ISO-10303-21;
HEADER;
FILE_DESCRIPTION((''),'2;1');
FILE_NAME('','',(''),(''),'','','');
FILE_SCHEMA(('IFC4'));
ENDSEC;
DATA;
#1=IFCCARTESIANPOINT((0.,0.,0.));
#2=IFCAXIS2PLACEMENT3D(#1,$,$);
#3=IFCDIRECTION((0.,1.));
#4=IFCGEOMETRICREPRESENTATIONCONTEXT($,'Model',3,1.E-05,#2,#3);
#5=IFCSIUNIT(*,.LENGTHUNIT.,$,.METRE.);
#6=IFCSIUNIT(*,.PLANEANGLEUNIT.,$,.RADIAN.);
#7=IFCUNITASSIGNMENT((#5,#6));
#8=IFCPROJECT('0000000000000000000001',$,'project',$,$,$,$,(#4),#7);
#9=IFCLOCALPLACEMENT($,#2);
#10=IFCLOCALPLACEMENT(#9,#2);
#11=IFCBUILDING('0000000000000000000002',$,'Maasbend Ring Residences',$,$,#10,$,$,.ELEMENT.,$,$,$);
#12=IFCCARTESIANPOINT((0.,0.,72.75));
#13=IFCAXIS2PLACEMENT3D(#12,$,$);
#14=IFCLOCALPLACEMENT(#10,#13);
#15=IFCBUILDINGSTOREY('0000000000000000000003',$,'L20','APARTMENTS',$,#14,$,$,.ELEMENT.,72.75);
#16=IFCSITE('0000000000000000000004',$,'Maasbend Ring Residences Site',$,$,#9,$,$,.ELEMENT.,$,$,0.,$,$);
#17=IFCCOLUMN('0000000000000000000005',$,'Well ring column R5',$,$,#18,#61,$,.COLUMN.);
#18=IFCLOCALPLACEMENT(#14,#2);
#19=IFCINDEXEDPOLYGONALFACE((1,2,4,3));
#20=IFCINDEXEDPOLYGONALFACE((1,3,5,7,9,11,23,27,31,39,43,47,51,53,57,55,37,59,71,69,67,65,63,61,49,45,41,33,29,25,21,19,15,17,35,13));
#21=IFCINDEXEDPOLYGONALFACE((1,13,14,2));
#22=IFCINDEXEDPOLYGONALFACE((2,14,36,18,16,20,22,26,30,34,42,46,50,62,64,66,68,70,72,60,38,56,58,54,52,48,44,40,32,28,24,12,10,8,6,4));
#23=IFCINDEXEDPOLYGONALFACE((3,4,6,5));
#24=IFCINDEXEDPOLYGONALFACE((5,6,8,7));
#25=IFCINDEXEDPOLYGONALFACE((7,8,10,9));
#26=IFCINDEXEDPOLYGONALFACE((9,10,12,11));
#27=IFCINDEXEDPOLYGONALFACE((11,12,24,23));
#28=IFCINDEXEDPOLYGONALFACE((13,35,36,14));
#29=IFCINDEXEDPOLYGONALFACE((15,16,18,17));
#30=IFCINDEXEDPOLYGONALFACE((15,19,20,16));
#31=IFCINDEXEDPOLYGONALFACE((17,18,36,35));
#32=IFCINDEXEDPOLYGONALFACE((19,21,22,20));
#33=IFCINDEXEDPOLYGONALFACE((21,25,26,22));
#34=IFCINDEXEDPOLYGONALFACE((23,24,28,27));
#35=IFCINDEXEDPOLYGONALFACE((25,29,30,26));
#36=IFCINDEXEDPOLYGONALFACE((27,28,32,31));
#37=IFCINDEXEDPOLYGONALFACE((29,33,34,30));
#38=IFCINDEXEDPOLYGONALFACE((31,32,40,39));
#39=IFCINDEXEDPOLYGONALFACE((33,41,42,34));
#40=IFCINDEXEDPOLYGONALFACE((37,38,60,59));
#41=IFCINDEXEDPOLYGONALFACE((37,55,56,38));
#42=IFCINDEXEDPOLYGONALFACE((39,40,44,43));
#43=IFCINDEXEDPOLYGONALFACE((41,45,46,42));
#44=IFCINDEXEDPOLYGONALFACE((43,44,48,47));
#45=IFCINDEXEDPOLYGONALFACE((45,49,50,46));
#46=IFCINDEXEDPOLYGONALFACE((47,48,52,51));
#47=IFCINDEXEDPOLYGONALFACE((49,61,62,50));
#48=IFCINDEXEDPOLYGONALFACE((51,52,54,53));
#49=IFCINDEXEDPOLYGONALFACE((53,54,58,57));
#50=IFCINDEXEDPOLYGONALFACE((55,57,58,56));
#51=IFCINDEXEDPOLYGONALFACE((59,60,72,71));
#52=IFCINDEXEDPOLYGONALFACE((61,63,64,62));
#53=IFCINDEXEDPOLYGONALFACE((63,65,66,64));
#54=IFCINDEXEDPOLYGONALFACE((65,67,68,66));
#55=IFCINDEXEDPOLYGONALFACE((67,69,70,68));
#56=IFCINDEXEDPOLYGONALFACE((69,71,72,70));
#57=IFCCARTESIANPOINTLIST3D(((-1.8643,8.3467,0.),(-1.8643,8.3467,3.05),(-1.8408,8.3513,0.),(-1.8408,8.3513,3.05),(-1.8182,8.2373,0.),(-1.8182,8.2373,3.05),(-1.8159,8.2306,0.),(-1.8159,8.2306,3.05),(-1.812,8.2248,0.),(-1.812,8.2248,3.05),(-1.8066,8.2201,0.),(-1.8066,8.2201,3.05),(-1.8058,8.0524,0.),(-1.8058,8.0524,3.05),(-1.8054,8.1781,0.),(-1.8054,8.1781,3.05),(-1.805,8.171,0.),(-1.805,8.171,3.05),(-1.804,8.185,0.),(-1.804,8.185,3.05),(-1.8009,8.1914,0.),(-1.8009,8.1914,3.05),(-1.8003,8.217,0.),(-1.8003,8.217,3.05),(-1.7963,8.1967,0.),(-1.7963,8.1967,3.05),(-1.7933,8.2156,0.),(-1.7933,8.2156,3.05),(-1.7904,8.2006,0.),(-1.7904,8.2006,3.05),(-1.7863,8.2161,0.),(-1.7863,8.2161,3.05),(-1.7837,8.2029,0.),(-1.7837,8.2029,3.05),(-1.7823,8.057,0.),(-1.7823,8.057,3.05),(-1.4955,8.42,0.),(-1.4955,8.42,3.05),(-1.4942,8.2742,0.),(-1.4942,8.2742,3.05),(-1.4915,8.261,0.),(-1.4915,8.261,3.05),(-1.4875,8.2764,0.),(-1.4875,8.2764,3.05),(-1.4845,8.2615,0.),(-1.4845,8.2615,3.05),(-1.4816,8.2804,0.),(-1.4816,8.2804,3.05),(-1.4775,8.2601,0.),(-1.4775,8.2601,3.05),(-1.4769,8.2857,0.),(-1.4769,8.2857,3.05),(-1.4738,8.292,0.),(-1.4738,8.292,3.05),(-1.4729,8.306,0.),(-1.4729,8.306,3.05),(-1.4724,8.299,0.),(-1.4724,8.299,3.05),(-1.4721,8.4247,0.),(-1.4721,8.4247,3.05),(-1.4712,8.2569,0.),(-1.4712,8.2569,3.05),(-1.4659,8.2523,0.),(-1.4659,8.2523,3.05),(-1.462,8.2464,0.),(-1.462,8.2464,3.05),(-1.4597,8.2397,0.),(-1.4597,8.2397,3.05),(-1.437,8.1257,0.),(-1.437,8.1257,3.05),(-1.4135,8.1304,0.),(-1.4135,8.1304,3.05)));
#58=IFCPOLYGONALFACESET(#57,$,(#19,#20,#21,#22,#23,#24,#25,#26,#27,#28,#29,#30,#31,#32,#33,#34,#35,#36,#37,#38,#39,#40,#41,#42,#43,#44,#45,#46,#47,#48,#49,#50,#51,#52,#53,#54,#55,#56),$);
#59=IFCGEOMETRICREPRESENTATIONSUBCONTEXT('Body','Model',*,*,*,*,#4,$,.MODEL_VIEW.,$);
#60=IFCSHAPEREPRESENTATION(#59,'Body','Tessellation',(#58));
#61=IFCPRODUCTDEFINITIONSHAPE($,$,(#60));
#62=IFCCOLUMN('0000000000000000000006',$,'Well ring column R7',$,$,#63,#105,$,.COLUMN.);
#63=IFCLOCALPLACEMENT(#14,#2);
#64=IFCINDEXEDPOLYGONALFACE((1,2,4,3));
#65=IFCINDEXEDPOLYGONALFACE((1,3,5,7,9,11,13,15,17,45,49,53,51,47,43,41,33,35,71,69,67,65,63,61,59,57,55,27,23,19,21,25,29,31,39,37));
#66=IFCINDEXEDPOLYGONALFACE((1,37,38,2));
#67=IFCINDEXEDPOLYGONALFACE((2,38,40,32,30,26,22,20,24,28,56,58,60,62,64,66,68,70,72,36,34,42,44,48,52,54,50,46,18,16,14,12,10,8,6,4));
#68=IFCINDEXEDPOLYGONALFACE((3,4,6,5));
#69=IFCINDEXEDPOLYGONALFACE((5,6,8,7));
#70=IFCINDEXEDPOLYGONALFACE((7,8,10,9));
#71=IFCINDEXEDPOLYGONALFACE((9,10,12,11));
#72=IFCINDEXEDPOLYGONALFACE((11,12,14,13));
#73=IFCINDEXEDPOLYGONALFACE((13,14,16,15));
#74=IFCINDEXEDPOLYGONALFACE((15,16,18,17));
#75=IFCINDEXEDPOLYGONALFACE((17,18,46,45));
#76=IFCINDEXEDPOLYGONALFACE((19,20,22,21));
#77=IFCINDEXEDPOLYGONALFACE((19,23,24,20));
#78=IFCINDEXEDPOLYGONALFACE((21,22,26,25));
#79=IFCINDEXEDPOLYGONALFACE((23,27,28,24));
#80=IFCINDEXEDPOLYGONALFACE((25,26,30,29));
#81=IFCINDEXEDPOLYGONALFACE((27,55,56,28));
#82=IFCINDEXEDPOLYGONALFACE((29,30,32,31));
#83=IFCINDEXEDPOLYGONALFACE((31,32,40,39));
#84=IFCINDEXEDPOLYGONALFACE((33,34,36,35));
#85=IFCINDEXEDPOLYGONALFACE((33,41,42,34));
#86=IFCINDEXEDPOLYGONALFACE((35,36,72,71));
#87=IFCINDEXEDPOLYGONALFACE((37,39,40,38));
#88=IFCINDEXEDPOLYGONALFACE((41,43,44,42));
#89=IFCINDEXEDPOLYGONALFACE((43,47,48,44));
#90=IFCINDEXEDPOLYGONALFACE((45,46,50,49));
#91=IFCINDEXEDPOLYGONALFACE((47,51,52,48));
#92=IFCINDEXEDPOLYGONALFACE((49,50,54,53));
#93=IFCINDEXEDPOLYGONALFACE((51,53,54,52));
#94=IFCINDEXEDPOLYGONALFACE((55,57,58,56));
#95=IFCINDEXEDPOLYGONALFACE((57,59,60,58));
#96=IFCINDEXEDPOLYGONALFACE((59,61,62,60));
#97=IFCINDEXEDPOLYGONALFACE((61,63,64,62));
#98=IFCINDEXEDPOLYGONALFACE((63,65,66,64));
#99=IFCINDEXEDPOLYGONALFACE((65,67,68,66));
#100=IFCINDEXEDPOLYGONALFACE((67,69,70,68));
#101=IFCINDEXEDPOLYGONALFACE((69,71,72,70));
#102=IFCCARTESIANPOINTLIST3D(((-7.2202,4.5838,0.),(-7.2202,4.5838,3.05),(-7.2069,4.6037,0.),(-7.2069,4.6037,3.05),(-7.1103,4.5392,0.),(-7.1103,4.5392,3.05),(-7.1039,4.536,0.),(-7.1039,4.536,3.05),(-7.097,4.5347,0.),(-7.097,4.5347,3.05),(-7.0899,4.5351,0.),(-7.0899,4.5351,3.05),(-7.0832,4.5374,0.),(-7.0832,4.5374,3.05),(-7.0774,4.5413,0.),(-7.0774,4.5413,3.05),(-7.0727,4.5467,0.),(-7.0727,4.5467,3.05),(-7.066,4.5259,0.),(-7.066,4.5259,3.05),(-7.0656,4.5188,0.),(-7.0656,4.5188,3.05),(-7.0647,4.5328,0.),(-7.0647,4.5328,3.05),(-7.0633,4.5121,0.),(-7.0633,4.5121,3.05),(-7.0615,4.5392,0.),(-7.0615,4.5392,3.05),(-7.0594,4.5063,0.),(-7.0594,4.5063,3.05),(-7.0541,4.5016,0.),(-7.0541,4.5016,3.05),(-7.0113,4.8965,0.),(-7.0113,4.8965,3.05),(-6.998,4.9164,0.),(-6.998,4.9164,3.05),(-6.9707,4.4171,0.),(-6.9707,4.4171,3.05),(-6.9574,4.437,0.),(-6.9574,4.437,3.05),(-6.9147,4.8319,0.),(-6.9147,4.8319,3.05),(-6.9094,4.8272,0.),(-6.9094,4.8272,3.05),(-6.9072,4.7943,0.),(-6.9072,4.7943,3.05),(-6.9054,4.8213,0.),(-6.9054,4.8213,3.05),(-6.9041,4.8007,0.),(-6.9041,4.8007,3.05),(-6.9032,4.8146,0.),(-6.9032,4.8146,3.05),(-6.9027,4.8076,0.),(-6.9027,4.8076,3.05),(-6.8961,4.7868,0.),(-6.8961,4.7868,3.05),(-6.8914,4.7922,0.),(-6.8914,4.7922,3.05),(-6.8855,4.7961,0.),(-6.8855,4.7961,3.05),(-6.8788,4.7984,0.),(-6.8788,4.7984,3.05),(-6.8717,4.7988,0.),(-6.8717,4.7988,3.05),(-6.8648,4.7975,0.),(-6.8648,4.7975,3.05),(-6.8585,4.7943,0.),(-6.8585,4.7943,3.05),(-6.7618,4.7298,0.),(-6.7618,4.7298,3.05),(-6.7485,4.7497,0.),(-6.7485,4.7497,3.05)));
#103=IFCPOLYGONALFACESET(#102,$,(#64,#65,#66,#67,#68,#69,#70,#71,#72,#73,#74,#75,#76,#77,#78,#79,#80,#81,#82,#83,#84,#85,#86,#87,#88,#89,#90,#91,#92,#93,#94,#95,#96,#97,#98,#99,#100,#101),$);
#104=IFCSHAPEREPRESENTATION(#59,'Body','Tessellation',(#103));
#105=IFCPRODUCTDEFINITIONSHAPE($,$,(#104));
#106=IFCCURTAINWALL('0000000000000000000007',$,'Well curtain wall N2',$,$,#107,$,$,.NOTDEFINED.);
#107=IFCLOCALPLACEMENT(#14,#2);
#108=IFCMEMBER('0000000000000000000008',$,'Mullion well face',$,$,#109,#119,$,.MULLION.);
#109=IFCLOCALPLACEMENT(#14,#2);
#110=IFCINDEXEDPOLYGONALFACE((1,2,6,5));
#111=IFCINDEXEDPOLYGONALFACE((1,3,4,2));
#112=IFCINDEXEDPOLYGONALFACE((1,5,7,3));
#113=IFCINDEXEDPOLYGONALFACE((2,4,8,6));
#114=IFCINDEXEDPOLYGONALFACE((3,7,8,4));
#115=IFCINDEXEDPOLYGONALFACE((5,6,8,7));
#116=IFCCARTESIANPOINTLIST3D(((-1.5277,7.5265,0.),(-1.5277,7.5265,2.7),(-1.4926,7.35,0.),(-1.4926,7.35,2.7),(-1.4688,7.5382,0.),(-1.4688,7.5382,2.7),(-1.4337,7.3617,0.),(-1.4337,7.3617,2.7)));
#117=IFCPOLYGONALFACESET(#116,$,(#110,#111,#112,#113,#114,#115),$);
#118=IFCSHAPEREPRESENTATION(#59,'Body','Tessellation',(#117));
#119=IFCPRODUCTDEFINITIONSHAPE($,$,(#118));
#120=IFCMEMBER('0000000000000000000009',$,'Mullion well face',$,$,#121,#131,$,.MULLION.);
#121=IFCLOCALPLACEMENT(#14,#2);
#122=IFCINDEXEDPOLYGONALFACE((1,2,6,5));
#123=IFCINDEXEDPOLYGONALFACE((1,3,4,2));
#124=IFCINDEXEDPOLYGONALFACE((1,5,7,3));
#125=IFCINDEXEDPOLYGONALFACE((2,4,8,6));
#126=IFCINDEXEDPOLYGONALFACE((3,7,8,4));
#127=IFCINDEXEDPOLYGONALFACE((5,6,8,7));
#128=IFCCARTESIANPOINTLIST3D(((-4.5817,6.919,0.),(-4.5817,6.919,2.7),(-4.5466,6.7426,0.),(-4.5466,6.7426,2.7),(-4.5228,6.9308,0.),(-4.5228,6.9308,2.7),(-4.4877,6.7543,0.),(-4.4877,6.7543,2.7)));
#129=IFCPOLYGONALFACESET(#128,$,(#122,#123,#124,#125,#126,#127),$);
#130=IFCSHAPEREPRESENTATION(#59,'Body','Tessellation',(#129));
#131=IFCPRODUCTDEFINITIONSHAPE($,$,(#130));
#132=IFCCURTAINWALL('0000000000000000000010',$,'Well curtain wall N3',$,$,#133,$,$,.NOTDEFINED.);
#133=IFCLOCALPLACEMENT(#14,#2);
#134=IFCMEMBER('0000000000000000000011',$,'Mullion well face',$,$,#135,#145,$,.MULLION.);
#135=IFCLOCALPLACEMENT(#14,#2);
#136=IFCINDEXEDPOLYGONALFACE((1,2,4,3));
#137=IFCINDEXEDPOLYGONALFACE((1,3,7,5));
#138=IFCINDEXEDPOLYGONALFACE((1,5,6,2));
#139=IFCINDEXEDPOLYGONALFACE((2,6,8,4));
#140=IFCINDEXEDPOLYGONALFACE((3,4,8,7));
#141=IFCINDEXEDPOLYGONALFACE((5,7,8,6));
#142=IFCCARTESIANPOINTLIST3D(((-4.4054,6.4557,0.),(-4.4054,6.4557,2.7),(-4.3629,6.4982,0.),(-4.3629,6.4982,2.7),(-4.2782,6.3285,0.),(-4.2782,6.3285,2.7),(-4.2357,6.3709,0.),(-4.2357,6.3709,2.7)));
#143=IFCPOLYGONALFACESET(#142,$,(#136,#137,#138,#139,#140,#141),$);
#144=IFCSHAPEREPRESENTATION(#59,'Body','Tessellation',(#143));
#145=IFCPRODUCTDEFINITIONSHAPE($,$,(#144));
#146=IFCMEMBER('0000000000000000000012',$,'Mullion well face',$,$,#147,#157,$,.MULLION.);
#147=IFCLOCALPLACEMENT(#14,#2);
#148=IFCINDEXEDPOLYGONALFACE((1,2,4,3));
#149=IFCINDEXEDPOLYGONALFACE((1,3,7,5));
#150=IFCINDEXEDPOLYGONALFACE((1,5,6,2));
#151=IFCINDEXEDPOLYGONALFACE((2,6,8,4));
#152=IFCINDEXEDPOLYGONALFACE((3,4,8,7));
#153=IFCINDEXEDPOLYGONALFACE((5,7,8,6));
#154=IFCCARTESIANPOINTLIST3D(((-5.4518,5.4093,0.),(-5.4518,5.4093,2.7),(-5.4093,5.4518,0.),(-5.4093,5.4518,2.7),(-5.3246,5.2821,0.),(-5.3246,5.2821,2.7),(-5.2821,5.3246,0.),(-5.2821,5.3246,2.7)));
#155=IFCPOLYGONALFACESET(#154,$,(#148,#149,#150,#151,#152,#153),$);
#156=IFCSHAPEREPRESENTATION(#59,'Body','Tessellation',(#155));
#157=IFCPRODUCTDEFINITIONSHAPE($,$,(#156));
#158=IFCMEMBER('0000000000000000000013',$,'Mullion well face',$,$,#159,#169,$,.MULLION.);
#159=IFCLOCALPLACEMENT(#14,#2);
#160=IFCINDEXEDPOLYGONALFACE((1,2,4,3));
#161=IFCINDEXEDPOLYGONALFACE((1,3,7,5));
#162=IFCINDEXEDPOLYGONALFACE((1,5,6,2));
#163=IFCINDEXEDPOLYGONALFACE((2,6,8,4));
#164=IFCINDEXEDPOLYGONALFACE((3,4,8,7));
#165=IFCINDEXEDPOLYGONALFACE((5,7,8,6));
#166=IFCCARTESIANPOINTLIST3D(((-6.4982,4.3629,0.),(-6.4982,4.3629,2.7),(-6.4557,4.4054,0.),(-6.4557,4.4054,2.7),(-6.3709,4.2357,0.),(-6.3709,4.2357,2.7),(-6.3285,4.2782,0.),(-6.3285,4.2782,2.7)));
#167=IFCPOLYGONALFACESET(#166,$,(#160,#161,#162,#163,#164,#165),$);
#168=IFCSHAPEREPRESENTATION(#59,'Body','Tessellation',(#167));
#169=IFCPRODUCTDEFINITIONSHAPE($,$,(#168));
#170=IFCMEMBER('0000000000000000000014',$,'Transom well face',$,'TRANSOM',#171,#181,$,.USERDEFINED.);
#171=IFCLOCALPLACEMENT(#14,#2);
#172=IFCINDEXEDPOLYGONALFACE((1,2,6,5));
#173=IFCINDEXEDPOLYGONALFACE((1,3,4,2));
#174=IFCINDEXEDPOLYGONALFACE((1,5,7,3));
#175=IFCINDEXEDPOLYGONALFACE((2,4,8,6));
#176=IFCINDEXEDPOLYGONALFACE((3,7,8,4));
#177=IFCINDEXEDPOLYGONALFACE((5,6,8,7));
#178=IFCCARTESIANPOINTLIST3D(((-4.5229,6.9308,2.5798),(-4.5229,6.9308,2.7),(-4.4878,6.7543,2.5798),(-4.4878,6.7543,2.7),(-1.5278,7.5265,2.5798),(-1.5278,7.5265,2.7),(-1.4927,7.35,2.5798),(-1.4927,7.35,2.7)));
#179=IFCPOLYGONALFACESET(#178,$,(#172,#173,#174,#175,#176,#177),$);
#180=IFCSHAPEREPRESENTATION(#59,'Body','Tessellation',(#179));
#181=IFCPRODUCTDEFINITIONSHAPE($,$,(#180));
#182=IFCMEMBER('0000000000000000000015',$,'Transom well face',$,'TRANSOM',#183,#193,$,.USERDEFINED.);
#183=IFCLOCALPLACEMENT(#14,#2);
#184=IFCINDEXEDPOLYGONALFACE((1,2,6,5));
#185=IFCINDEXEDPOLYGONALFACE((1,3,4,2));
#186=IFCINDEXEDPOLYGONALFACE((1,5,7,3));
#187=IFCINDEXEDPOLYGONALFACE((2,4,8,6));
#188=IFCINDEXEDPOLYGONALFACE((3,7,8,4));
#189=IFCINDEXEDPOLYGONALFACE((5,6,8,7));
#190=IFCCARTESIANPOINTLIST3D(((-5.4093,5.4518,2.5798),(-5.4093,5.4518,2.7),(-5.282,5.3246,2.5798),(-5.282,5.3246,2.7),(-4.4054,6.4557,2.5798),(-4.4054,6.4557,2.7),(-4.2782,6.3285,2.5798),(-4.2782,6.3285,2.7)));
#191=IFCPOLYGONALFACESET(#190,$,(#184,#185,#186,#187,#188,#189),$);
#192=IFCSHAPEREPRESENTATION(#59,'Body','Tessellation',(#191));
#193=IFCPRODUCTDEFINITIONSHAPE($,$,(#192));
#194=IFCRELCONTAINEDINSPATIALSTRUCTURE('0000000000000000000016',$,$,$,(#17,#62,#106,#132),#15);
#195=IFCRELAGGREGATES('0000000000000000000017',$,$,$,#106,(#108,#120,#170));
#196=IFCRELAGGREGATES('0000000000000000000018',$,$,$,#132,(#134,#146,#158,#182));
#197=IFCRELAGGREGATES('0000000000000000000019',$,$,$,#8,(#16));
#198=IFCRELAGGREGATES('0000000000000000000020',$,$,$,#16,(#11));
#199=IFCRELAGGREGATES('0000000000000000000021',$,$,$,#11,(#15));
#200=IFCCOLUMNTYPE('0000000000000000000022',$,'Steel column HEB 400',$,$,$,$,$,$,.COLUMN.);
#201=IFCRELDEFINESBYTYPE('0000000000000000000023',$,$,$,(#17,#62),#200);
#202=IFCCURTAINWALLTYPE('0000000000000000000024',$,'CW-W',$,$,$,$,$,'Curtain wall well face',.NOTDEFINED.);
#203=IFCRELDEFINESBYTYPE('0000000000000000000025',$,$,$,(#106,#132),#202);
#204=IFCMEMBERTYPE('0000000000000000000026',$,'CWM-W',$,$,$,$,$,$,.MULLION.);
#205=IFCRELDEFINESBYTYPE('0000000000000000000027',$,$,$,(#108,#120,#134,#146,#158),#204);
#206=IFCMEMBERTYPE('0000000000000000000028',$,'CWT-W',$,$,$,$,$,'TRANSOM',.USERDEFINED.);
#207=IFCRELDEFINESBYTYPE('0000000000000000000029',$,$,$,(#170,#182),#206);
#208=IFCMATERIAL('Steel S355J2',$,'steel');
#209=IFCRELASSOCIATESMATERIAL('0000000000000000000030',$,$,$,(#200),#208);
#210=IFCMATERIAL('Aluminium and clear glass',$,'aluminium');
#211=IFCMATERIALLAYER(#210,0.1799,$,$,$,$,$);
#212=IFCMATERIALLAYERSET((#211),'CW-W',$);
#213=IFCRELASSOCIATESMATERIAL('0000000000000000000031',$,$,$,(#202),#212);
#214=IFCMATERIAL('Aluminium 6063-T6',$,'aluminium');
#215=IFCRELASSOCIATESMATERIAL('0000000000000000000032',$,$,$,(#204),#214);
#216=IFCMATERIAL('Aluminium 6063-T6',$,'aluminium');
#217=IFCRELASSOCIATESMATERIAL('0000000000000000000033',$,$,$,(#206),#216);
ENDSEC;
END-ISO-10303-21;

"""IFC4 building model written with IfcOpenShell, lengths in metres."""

from ifc_helpers import new_model, si_unit, direction, frame, origin, origin_2d, place, context, subcontext, project, spatial, rectangle, i_section, extrude, material, layer, layer_set, material_profile, profile_set, type_object, element, aggregate, save


model = new_model("IFC4")

# Units and contexts
model_context = context("Model", 3, precision=1e-05, world=origin(), true_north=direction((0.0, 1.0)))
body_context = subcontext(model_context, "Body", "Model", "MODEL_VIEW")
ifc_project = project(units=[si_unit("LENGTHUNIT", "METRE"), si_unit("PLANEANGLEUNIT", "RADIAN")], contexts=[model_context])

# Site, building, storey
site_placement = place(None, origin())
site = spatial("IfcSite", under=ifc_project, at=site_placement, Name="Maasbend Ring Residences Site", CompositionType="ELEMENT", RefElevation=0.0)
building_placement = place(site_placement, origin())
building = spatial("IfcBuilding", under=site, at=building_placement, Name="Maasbend Ring Residences", CompositionType="ELEMENT")
storey_placement = place(building_placement, frame((0.0, 0.0, 72.75)))
storey = spatial("IfcBuildingStorey", under=building, at=storey_placement, Name="L20", Description="APARTMENTS", CompositionType="ELEMENT", Elevation=72.75)

# Columns
ifc_material_1 = material(Name="Steel S355J2", Category="steel")
ifc_material_profile_1 = material_profile(ifc_material_1, i_section(OverallWidth=0.3, OverallDepth=0.3999, WebThickness=0.0134, FlangeThickness=0.0239, FilletRadius=0.0271, at=origin_2d()), Name="HEB 400")
ifc_profile_set_1 = profile_set([ifc_material_profile_1], Name="Steel S355J2")
column_type = type_object("IfcColumnType", Name="Steel column HEB 400", PredefinedType="COLUMN", material=ifc_profile_set_1)
for number, where, z_axis, x_axis, name in (
    (1, (-1.6389, 8.2385, 0.0), (0.0, 0.0, 1.0), (-0.19509, 0.980785, 0.0), "Well ring column R5"),
    (2, (-6.9844, 4.6667, 0.0), (0.0, 0.0, 1.0), (-0.83147, 0.55557, 0.0), "Well ring column R7"),
):
    element("IfcColumn", number, at=place(storey_placement, frame(where, z_axis=z_axis, x_axis=x_axis)), inside=storey, type_object=column_type, Name=name, PredefinedType="COLUMN", context=body_context, shape_type="SweptSolid", body=[
        extrude(i_section(OverallWidth=0.3, OverallDepth=0.3999, WebThickness=0.0134, FlangeThickness=0.0239, FilletRadius=0.0271, at=origin_2d()), origin(), (0.0, 0.0, 1.0), 3.05),
    ])

# Curtain walls, members
ifc_material_2 = material(Name="Aluminium and clear glass", Category="aluminium")
ifc_layer_1 = layer(ifc_material_2, 0.1799)
ifc_layer_set_1 = layer_set([ifc_layer_1], Name="CW-W")
curtain_wall_type = type_object("IfcCurtainWallType", Name="CW-W", ElementType="Curtain wall well face", PredefinedType="NOTDEFINED", material=ifc_layer_set_1)
curtain_wall_1_placement = place(storey_placement, origin())
curtain_wall_1 = element("IfcCurtainWall", 3, at=curtain_wall_1_placement, inside=storey, type_object=curtain_wall_type, Name="Well curtain wall N2", PredefinedType="NOTDEFINED")
ifc_material_3 = material(Name="Aluminium 6063-T6", Category="aluminium")
ifc_material_profile_2 = material_profile(ifc_material_3, rectangle(XDim=0.1799, YDim=0.0601, at=origin_2d()), Name="AL 180x60")
ifc_profile_set_2 = profile_set([ifc_material_profile_2], Name="Aluminium 6063-T6")
member_type_1 = type_object("IfcMemberType", Name="CWM-W", PredefinedType="MULLION", material=ifc_profile_set_2)
member_1_placement = place(storey_placement, frame((-1.4807, 7.4441, 0.0), z_axis=(0.0, 0.0, 1.0), x_axis=(0.19509, -0.980785, 0.0)))
member_1 = element("IfcMember", 4, at=member_1_placement, type_object=member_type_1, Name="Mullion well face", PredefinedType="MULLION", context=body_context, shape_type="SweptSolid", body=[
    extrude(rectangle(XDim=0.1799, YDim=0.0601, at=origin_2d()), origin(), (0.0, 0.0, 1.0), 2.7),
])
member_2_placement = place(storey_placement, frame((-4.5347, 6.8367, 0.0), z_axis=(0.0, 0.0, 1.0), x_axis=(0.19509, -0.980785, 0.0)))
member_2 = element("IfcMember", 5, at=member_2_placement, type_object=member_type_1, Name="Mullion well face", PredefinedType="MULLION", context=body_context, shape_type="SweptSolid", body=[
    extrude(rectangle(XDim=0.1799, YDim=0.0601, at=origin_2d()), origin(), (0.0, 0.0, 1.0), 2.7),
])
curtain_wall_2_placement = place(storey_placement, origin())
curtain_wall_2 = element("IfcCurtainWall", 6, at=curtain_wall_2_placement, inside=storey, type_object=curtain_wall_type, Name="Well curtain wall N3", PredefinedType="NOTDEFINED")
member_3_placement = place(storey_placement, frame((-4.3206, 6.4133, 0.0), z_axis=(0.0, 0.0, 1.0), x_axis=(0.707107, -0.707107, 0.0)))
member_3 = element("IfcMember", 7, at=member_3_placement, type_object=member_type_1, Name="Mullion well face", PredefinedType="MULLION", context=body_context, shape_type="SweptSolid", body=[
    extrude(rectangle(XDim=0.1799, YDim=0.0601, at=origin_2d()), origin(), (0.0, 0.0, 1.0), 2.7),
])
member_4_placement = place(storey_placement, frame((-5.3669, 5.3669, 0.0), z_axis=(0.0, 0.0, 1.0), x_axis=(0.707107, -0.707107, 0.0)))
member_4 = element("IfcMember", 8, at=member_4_placement, type_object=member_type_1, Name="Mullion well face", PredefinedType="MULLION", context=body_context, shape_type="SweptSolid", body=[
    extrude(rectangle(XDim=0.1799, YDim=0.0601, at=origin_2d()), origin(), (0.0, 0.0, 1.0), 2.7),
])
member_5_placement = place(storey_placement, frame((-6.4133, 4.3206, 0.0), z_axis=(0.0, 0.0, 1.0), x_axis=(0.707107, -0.707107, 0.0)))
member_5 = element("IfcMember", 9, at=member_5_placement, type_object=member_type_1, Name="Mullion well face", PredefinedType="MULLION", context=body_context, shape_type="SweptSolid", body=[
    extrude(rectangle(XDim=0.1799, YDim=0.0601, at=origin_2d()), origin(), (0.0, 0.0, 1.0), 2.7),
])

# Members
ifc_material_4 = material(Name="Aluminium 6063-T6", Category="aluminium")
ifc_material_profile_3 = material_profile(ifc_material_4, rectangle(XDim=0.1799, YDim=0.1201, at=origin_2d()), Name="AL 180x120")
ifc_profile_set_3 = profile_set([ifc_material_profile_3], Name="Aluminium 6063-T6")
member_type_2 = type_object("IfcMemberType", Name="CWT-W", ElementType="TRANSOM", PredefinedType="USERDEFINED", material=ifc_profile_set_3)
member_6_placement = place(storey_placement, frame((-1.5103, 7.4382, 2.6399), z_axis=(-0.980789, -0.195071, 0.0), x_axis=(0.195071, -0.980789, 0.0)))
member_6 = element("IfcMember", 10, at=member_6_placement, type_object=member_type_2, Name="Transom well face", ObjectType="TRANSOM", PredefinedType="USERDEFINED", context=body_context, shape_type="SweptSolid", body=[
    extrude(rectangle(XDim=0.1799, YDim=0.1201, at=origin_2d()), origin(), (0.0, 0.0, 1.0), 3.0537),
])
member_7_placement = place(storey_placement, frame((-4.3418, 6.3921, 2.6399), z_axis=(-0.707107, -0.707107, 0.0), x_axis=(0.707107, -0.707107, 0.0)))
member_7 = element("IfcMember", 11, at=member_7_placement, type_object=member_type_2, Name="Transom well face", ObjectType="TRANSOM", PredefinedType="USERDEFINED", context=body_context, shape_type="SweptSolid", body=[
    extrude(rectangle(XDim=0.1799, YDim=0.1201, at=origin_2d()), origin(), (0.0, 0.0, 1.0), 1.4197),
])

aggregate(curtain_wall_1, [member_1, member_2, member_6])
aggregate(curtain_wall_2, [member_3, member_4, member_5, member_7])

save(model, "model.ifc")
